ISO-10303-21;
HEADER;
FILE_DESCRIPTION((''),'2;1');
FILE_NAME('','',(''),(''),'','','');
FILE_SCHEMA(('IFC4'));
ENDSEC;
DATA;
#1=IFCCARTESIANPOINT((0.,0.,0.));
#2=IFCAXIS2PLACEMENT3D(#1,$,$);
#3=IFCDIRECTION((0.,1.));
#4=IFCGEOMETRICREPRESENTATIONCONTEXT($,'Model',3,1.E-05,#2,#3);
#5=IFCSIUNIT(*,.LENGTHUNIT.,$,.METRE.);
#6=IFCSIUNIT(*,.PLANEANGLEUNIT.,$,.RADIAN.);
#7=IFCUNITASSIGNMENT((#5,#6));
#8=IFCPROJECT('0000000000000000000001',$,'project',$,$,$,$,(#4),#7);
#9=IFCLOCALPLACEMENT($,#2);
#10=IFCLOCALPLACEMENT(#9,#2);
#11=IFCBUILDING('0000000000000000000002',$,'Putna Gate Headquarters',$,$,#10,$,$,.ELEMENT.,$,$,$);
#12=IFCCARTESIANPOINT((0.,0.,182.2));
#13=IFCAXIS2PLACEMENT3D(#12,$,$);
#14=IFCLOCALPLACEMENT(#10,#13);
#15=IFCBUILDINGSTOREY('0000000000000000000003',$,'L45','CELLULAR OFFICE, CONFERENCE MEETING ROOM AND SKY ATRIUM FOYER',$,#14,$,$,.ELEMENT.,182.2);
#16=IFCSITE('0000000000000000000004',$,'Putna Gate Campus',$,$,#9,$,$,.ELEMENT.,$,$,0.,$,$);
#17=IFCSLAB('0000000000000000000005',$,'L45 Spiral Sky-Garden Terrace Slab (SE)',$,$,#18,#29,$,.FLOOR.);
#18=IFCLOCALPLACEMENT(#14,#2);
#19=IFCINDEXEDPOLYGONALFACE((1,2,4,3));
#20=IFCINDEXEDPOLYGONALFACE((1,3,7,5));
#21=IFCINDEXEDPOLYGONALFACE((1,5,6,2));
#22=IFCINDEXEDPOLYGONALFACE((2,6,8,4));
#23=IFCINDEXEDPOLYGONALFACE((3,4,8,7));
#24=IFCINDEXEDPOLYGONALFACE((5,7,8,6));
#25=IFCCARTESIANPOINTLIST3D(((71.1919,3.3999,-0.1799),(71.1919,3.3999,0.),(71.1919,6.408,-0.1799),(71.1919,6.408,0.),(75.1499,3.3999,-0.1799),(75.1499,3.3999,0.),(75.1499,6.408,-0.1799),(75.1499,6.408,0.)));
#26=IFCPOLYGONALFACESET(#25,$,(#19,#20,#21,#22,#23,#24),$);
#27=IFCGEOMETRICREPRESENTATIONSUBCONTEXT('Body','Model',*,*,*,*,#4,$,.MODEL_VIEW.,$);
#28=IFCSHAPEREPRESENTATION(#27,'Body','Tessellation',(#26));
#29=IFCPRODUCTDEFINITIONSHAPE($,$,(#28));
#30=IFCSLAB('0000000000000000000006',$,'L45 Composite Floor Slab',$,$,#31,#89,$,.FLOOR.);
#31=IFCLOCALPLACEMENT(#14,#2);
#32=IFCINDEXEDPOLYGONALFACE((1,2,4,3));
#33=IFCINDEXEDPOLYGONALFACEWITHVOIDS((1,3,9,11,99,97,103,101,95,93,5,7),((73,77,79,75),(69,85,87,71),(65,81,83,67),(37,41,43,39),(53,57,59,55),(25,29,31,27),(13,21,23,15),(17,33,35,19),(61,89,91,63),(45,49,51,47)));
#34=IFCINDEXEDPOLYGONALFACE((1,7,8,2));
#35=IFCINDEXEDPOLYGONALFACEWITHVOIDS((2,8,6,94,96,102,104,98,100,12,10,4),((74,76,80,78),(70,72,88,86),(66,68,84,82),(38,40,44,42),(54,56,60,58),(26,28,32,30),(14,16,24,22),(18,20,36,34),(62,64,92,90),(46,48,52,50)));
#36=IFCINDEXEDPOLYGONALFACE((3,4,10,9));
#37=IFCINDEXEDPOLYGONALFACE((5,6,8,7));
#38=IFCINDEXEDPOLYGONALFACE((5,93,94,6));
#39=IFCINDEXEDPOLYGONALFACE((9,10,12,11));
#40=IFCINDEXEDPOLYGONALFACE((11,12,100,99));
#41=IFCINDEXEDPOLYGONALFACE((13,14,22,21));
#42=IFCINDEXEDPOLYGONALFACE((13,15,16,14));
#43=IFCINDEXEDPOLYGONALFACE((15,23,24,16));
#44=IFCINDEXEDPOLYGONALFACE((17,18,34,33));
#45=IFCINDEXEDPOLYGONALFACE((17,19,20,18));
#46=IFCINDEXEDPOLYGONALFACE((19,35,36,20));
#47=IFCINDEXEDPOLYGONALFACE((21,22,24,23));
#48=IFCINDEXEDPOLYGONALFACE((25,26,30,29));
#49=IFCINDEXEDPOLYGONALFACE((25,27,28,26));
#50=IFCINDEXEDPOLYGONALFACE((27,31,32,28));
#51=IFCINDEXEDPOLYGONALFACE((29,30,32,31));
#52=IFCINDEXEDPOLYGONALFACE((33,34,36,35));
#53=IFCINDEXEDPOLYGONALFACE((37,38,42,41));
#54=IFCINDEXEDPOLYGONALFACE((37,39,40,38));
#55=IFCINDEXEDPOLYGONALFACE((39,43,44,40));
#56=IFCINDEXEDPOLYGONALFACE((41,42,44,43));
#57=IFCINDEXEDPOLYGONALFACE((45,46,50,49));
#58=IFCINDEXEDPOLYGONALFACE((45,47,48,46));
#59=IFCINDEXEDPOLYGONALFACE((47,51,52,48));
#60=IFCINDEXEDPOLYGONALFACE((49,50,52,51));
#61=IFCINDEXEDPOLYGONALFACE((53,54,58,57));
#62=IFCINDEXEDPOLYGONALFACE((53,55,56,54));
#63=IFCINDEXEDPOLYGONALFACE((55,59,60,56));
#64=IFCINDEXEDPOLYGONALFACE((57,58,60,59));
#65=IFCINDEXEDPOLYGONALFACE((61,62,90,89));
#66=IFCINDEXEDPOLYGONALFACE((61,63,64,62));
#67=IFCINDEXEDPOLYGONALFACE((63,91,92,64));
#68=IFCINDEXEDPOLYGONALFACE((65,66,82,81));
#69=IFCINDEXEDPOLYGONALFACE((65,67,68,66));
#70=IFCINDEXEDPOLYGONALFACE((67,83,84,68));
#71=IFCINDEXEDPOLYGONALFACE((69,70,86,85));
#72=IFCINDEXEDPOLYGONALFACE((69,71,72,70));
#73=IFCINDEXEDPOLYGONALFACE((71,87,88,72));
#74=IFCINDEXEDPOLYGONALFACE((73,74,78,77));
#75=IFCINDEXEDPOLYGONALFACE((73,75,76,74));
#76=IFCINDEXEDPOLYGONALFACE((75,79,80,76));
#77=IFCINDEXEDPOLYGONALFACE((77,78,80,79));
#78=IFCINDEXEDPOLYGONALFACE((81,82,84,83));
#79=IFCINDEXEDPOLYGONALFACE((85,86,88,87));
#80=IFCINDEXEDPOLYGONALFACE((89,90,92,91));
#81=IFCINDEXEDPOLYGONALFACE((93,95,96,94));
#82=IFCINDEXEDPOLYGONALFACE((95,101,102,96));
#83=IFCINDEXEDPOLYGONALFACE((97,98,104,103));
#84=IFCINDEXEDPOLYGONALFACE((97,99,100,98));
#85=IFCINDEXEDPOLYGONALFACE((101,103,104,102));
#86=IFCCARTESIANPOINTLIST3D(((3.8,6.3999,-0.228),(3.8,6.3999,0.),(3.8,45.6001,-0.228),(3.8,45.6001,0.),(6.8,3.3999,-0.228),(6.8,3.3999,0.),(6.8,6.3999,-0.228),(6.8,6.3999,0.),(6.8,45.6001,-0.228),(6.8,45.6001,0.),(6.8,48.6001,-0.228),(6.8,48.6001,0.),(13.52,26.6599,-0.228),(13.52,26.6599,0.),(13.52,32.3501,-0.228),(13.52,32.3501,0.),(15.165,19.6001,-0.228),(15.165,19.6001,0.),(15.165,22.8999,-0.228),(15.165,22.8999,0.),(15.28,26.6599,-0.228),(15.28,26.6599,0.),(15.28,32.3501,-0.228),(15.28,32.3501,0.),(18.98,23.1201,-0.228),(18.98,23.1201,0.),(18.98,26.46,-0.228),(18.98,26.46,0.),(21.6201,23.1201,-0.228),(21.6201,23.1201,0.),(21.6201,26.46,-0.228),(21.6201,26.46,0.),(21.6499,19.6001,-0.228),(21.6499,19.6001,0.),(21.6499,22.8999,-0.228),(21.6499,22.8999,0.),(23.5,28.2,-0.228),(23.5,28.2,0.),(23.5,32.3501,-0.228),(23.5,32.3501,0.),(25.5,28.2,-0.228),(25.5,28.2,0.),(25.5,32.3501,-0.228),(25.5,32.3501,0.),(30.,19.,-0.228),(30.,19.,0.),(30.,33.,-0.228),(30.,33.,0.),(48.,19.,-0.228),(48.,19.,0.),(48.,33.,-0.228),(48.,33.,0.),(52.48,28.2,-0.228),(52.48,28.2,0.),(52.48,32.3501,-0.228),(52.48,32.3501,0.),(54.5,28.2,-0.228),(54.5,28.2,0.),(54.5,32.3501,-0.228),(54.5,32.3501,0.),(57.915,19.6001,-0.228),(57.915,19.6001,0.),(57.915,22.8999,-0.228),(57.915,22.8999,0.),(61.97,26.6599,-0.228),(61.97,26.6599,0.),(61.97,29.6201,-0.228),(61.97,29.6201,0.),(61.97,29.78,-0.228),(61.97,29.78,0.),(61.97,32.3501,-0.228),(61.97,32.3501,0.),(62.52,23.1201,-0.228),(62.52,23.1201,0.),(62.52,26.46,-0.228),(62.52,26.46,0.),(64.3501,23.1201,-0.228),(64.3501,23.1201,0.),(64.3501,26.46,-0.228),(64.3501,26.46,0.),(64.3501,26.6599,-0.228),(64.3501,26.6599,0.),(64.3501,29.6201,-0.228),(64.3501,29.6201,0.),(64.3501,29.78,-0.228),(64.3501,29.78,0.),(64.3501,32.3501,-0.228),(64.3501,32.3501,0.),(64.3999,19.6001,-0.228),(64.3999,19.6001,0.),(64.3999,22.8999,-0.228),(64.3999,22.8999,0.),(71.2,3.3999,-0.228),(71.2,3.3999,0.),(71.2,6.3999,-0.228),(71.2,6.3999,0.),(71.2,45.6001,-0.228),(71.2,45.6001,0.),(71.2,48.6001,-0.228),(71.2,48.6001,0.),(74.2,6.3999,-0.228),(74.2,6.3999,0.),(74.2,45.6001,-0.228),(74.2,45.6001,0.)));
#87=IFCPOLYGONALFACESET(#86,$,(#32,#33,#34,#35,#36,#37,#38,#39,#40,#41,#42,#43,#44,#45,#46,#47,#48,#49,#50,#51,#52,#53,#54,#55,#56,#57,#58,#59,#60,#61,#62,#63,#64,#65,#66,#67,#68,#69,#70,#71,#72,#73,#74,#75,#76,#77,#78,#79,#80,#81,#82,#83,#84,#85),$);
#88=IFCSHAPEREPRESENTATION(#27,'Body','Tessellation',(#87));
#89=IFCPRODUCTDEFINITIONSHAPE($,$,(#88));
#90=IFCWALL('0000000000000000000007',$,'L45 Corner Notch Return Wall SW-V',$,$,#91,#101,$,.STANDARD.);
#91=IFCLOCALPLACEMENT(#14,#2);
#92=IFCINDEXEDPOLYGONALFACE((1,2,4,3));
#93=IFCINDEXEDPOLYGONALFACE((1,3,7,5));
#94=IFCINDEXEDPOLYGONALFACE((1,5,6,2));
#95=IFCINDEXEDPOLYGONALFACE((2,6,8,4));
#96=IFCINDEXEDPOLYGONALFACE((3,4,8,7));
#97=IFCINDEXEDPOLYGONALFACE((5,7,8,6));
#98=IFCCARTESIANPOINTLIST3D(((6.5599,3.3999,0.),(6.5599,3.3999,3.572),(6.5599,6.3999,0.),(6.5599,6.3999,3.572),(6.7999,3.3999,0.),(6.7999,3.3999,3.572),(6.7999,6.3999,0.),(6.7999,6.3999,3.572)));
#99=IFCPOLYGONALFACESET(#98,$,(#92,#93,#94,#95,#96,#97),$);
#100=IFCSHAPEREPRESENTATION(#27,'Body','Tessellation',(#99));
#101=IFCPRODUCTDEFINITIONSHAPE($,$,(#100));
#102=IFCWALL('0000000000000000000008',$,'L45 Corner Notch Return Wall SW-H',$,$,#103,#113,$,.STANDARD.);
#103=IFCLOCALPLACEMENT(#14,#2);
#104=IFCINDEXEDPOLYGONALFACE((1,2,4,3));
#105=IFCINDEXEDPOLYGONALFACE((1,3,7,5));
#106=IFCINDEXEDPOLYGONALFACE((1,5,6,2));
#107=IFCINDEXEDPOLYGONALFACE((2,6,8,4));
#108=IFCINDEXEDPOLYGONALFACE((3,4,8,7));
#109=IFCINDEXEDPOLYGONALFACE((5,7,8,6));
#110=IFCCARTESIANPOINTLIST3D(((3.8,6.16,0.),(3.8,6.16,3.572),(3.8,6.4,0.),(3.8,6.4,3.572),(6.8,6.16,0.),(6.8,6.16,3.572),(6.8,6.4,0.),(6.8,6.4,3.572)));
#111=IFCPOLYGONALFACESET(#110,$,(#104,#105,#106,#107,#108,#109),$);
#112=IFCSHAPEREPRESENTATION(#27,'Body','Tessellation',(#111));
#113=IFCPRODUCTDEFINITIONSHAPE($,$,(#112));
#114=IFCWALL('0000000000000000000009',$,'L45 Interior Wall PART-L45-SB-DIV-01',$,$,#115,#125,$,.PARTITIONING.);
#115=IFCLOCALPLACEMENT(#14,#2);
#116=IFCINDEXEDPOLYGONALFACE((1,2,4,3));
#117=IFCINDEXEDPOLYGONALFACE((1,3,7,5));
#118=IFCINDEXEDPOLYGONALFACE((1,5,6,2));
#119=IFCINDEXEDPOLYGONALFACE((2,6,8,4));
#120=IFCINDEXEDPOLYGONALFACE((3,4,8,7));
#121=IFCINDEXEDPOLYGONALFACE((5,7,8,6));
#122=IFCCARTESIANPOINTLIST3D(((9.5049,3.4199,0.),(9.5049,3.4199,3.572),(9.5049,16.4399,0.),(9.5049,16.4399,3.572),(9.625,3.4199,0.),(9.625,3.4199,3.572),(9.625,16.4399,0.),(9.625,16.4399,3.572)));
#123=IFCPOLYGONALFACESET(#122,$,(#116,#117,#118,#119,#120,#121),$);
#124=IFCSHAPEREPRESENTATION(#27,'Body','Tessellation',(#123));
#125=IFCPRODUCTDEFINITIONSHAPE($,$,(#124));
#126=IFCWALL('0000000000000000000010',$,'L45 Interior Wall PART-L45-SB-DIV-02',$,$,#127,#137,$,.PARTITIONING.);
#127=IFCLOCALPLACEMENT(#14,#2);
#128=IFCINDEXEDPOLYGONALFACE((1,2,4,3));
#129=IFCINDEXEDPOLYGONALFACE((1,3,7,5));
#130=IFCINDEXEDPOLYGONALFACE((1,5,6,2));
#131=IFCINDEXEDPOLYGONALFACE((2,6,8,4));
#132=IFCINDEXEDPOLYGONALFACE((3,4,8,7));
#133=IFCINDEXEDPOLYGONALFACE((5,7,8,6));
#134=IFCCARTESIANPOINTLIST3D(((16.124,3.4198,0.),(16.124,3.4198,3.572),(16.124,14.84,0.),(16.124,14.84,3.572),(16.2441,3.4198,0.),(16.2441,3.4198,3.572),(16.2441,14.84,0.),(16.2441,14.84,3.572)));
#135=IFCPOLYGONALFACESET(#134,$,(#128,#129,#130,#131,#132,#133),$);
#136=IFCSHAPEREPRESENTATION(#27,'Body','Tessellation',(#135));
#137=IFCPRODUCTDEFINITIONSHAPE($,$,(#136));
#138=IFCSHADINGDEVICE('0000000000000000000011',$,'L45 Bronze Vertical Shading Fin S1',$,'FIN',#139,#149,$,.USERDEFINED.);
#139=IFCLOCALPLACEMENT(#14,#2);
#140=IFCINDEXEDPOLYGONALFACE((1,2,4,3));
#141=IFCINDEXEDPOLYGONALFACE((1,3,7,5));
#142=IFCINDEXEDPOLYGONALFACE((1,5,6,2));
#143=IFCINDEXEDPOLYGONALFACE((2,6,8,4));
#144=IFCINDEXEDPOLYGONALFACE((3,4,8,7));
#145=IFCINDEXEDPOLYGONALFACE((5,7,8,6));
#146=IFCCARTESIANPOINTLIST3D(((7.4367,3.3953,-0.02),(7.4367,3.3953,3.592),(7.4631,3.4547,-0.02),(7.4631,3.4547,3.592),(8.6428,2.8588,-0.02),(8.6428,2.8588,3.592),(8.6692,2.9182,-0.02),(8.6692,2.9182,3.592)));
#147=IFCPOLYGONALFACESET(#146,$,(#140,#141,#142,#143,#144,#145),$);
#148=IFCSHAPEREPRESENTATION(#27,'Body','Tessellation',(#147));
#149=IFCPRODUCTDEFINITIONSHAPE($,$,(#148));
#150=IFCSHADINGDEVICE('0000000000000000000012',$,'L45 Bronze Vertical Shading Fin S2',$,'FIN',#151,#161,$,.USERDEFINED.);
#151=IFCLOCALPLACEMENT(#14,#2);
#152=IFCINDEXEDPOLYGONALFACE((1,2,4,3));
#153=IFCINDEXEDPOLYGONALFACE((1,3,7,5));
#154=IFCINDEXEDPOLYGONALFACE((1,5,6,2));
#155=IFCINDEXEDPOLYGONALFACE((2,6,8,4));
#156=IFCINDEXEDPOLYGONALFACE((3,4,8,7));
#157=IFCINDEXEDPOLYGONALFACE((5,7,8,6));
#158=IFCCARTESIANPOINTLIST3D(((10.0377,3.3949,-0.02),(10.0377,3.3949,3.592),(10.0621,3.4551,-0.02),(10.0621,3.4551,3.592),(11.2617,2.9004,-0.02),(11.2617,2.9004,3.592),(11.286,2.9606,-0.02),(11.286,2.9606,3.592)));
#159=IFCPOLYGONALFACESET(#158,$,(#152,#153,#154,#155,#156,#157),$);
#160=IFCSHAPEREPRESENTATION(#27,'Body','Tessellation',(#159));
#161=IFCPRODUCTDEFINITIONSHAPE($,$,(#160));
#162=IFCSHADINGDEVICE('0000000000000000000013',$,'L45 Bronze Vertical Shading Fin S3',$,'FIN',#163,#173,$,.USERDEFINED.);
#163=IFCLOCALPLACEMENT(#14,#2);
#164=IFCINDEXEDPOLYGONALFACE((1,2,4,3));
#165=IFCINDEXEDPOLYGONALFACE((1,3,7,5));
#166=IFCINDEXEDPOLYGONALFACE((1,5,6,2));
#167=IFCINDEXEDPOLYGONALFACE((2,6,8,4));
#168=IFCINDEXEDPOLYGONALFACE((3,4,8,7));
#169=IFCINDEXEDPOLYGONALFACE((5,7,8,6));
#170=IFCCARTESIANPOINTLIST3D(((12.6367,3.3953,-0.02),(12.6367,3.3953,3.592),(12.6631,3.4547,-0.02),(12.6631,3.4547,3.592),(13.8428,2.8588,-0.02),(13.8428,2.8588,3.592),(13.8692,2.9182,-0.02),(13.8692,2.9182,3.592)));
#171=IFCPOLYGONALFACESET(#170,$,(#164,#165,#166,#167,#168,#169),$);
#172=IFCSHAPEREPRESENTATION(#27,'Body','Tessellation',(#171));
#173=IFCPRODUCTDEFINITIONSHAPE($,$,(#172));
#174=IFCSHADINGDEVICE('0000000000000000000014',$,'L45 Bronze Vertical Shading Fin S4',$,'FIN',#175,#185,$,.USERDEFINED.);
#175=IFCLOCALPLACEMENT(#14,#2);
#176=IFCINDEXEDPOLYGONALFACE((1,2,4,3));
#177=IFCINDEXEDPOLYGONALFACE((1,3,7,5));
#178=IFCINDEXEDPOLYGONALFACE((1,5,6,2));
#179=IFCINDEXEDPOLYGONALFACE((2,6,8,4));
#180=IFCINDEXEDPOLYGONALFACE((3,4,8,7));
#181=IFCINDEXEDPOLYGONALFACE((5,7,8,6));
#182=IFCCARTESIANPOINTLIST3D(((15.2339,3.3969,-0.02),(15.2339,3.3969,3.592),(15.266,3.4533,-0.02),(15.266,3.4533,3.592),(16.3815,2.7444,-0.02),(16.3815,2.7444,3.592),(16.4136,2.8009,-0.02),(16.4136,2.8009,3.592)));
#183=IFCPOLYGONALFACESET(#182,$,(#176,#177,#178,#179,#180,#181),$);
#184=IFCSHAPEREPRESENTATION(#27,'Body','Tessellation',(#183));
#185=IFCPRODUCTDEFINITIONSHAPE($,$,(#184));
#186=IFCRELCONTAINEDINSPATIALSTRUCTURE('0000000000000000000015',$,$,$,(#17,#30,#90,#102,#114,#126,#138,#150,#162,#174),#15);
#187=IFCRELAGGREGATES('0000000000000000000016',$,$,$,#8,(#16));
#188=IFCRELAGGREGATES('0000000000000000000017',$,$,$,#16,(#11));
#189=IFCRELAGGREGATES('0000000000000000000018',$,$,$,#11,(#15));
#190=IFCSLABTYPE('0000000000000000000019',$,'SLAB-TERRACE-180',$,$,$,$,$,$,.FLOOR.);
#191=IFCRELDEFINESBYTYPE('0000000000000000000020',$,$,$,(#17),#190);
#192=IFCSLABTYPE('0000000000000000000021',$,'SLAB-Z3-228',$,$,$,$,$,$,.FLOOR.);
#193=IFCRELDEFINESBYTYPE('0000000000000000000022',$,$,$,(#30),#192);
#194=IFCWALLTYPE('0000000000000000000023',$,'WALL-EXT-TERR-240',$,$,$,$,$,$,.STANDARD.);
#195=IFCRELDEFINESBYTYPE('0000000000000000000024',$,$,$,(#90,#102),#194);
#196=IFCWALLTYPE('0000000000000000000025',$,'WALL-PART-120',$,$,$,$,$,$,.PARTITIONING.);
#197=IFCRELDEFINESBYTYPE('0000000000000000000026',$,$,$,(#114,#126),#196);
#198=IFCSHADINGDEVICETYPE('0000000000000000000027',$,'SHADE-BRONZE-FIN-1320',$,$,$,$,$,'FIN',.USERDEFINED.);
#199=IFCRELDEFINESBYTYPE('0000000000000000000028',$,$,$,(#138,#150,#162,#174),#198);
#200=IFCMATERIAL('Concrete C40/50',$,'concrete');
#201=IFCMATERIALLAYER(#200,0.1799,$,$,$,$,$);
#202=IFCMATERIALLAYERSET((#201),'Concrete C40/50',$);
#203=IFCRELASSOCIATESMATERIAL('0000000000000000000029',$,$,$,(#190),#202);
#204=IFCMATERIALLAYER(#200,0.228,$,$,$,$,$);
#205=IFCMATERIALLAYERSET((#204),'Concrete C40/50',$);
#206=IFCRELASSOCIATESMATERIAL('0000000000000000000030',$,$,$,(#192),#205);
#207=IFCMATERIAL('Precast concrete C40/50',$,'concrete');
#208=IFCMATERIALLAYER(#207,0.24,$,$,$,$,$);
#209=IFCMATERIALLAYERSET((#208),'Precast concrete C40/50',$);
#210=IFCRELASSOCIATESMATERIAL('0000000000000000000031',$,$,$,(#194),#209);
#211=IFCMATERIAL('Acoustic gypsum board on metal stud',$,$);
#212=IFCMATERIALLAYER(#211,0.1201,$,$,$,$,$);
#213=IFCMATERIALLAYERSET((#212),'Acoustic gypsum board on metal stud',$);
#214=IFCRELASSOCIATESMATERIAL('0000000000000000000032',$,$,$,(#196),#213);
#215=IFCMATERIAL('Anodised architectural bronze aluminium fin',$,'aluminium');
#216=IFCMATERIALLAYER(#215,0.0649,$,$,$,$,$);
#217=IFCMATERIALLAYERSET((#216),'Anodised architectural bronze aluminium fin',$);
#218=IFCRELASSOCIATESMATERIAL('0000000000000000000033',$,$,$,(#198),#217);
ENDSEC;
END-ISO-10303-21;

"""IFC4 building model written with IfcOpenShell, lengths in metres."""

from ifc_helpers import new_model, si_unit, direction, frame, frame_2d, origin, origin_2d, place, context, subcontext, project, spatial, polyline, rectangle, outline, extrude, material, layer, layer_set, type_object, element, save


model = new_model("IFC4")

# Units and contexts
model_context = context("Model", 3, precision=1e-05, world=origin(), true_north=direction((0.0, 1.0)))
body_context = subcontext(model_context, "Body", "Model", "MODEL_VIEW")
ifc_project = project(units=[si_unit("LENGTHUNIT", "METRE"), si_unit("PLANEANGLEUNIT", "RADIAN")], contexts=[model_context])

# Site, building, storey
site_placement = place(None, origin())
site = spatial("IfcSite", under=ifc_project, at=site_placement, Name="Putna Gate Campus", CompositionType="ELEMENT", RefElevation=0.0)
building_placement = place(site_placement, origin())
building = spatial("IfcBuilding", under=site, at=building_placement, Name="Putna Gate Headquarters", CompositionType="ELEMENT")
storey_placement = place(building_placement, frame((0.0, 0.0, 182.2)))
storey = spatial("IfcBuildingStorey", under=building, at=storey_placement, Name="L45", Description="CELLULAR OFFICE, CONFERENCE MEETING ROOM AND SKY ATRIUM FOYER", CompositionType="ELEMENT", Elevation=182.2)

# Shared definitions
ifc_material_1 = material(Name="Concrete C40/50", Category="concrete")

# Slabs
ifc_layer_1 = layer(ifc_material_1, 0.1799)
ifc_layer_set_1 = layer_set([ifc_layer_1], Name="Concrete C40/50")
slab_type_1 = type_object("IfcSlabType", Name="SLAB-TERRACE-180", PredefinedType="FLOOR", material=ifc_layer_set_1)
slab_1_placement = place(storey_placement, frame((0.0, 0.0, -0.1799)))
element("IfcSlab", 1, at=slab_1_placement, inside=storey, type_object=slab_type_1, Name="L45 Spiral Sky-Garden Terrace Slab (SE)", PredefinedType="FLOOR", context=body_context, shape_type="SweptSolid", body=[
    extrude(outline(polyline([(71.1919, 3.3999), (75.1499, 3.3999), (75.1499, 6.408), (71.1919, 6.408), (71.1919, 3.3999)])), origin(), (0.0, 0.0, 1.0), 0.1799),
])
ifc_layer_2 = layer(ifc_material_1, 0.228)
ifc_layer_set_2 = layer_set([ifc_layer_2], Name="Concrete C40/50")
slab_type_2 = type_object("IfcSlabType", Name="SLAB-Z3-228", PredefinedType="FLOOR", material=ifc_layer_set_2)
slab_2_placement = place(storey_placement, frame((0.0, 0.0, -0.228)))
element("IfcSlab", 2, at=slab_2_placement, inside=storey, type_object=slab_type_2, Name="L45 Composite Floor Slab", PredefinedType="FLOOR", context=body_context, shape_type="SweptSolid", body=[
    extrude(outline(polyline([(6.8, 3.3999), (71.2, 3.3999), (71.2, 6.3999), (74.2, 6.3999), (74.2, 45.6001), (71.2, 45.6001), (71.2, 48.6001), (6.8, 48.6001), (6.8, 45.6001), (3.8, 45.6001), (3.8, 6.3999), (6.8, 6.3999), (6.8, 3.3999)]), holes=[polyline([(15.165, 19.6001), (21.6499, 19.6001), (21.6499, 22.8999), (15.165, 22.8999), (15.165, 19.6001)]), polyline([(57.915, 19.6001), (64.3999, 19.6001), (64.3999, 22.8999), (57.915, 22.8999), (57.915, 19.6001)]), polyline([(13.52, 26.6599), (15.28, 26.6599), (15.28, 32.3501), (13.52, 32.3501), (13.52, 26.6599)]), polyline([(61.97, 29.78), (64.3501, 29.78), (64.3501, 32.3501), (61.97, 32.3501), (61.97, 29.78)]), polyline([(18.98, 23.1201), (21.6201, 23.1201), (21.6201, 26.46), (18.98, 26.46), (18.98, 23.1201)]), polyline([(62.52, 23.1201), (64.3501, 23.1201), (64.3501, 26.46), (62.52, 26.46), (62.52, 23.1201)]), polyline([(61.97, 26.6599), (64.3501, 26.6599), (64.3501, 29.6201), (61.97, 29.6201), (61.97, 26.6599)]), polyline([(23.5, 28.2), (25.5, 28.2), (25.5, 32.3501), (23.5, 32.3501), (23.5, 28.2)]), polyline([(52.48, 28.2), (54.5, 28.2), (54.5, 32.3501), (52.48, 32.3501), (52.48, 28.2)]), polyline([(30.0, 19.0), (48.0, 19.0), (48.0, 33.0), (30.0, 33.0), (30.0, 19.0)])]), origin(), (0.0, 0.0, 1.0), 0.228),
])

# Walls
ifc_material_2 = material(Name="Precast concrete C40/50", Category="concrete")
ifc_layer_3 = layer(ifc_material_2, 0.24)
ifc_layer_set_3 = layer_set([ifc_layer_3], Name="Precast concrete C40/50")
wall_type_1 = type_object("IfcWallType", Name="WALL-EXT-TERR-240", PredefinedType="STANDARD", material=ifc_layer_set_3)
for number, where, z_axis, x_axis, name in (
    (3, (6.6799, 3.3999, 0.0), (0.0, 0.0, 1.0), (0.0, 1.0, 0.0), "L45 Corner Notch Return Wall SW-V"),
    (4, (6.8, 6.28, 0.0), (0.0, 0.0, 1.0), (-1.0, 0.0, 0.0), "L45 Corner Notch Return Wall SW-H"),
):
    element("IfcWall", number, at=place(storey_placement, frame(where, z_axis=z_axis, x_axis=x_axis)), inside=storey, type_object=wall_type_1, Name=name, PredefinedType="STANDARD", context=body_context, shape_type="SweptSolid", body=[
        extrude(rectangle(XDim=3.0, YDim=0.24, at=frame_2d((1.5, 0.0))), origin(), (0.0, 0.0, 1.0), 3.572),
    ])
ifc_material_3 = material(Name="Acoustic gypsum board on metal stud")
ifc_layer_4 = layer(ifc_material_3, 0.1201)
ifc_layer_set_4 = layer_set([ifc_layer_4], Name="Acoustic gypsum board on metal stud")
wall_type_2 = type_object("IfcWallType", Name="WALL-PART-120", PredefinedType="PARTITIONING", material=ifc_layer_set_4)
wall_1_placement = place(storey_placement, frame((9.5649, 3.4199, 0.0), z_axis=(0.0, 0.0, 1.0), x_axis=(0.0, 1.0, 0.0)))
element("IfcWall", 5, at=wall_1_placement, inside=storey, type_object=wall_type_2, Name="L45 Interior Wall PART-L45-SB-DIV-01", PredefinedType="PARTITIONING", context=body_context, shape_type="SweptSolid", body=[
    extrude(rectangle(XDim=13.02, YDim=0.1201, at=frame_2d((6.51, 0.0))), origin(), (0.0, 0.0, 1.0), 3.572),
])
wall_2_placement = place(storey_placement, frame((16.1841, 3.4199, 0.0), z_axis=(0.0, 0.0, 1.0), x_axis=(0.0, 1.0, 0.0)))
element("IfcWall", 6, at=wall_2_placement, inside=storey, type_object=wall_type_2, Name="L45 Interior Wall PART-L45-SB-DIV-02", PredefinedType="PARTITIONING", context=body_context, shape_type="SweptSolid", body=[
    extrude(rectangle(XDim=11.4202, YDim=0.1201, at=frame_2d((5.71, 0.0))), origin(), (0.0, 0.0, 1.0), 3.572),
])

# Shading devices
ifc_material_4 = material(Name="Anodised architectural bronze aluminium fin", Category="aluminium")
ifc_layer_5 = layer(ifc_material_4, 0.0649)
ifc_layer_set_5 = layer_set([ifc_layer_5], Name="Anodised architectural bronze aluminium fin")
shading_device_type = type_object("IfcShadingDeviceType", Name="SHADE-BRONZE-FIN-1320", ElementType="FIN", PredefinedType="USERDEFINED", material=ifc_layer_set_5)
for number, where, z_axis, x_axis, name in (
    (7, (8.053, 3.1567, -0.02), (0.0, 0.0, 1.0), (0.913687, -0.406418, 0.0), "L45 Bronze Vertical Shading Fin S1"),
    (8, (10.6619, 3.1777, -0.02), (0.0, 0.0, 1.0), (0.927184, -0.374607, 0.0), "L45 Bronze Vertical Shading Fin S2"),
    (9, (13.2529, 3.1567, -0.02), (0.0, 0.0, 1.0), (0.913687, -0.406418, 0.0), "L45 Bronze Vertical Shading Fin S3"),
    (10, (15.8237, 3.0989, -0.02), (0.0, 0.0, 1.0), (0.869322, -0.494245, 0.0), "L45 Bronze Vertical Shading Fin S4"),
):
    element("IfcShadingDevice", number, at=place(storey_placement, frame(where, z_axis=z_axis, x_axis=x_axis)), inside=storey, type_object=shading_device_type, Name=name, ObjectType="FIN", PredefinedType="USERDEFINED", context=body_context, shape_type="SweptSolid", body=[
        extrude(rectangle(XDim=1.3201, YDim=0.0649, at=origin_2d()), origin(), (0.0, 0.0, 1.0), 3.6121),
    ])

save(model, "model.ifc")
